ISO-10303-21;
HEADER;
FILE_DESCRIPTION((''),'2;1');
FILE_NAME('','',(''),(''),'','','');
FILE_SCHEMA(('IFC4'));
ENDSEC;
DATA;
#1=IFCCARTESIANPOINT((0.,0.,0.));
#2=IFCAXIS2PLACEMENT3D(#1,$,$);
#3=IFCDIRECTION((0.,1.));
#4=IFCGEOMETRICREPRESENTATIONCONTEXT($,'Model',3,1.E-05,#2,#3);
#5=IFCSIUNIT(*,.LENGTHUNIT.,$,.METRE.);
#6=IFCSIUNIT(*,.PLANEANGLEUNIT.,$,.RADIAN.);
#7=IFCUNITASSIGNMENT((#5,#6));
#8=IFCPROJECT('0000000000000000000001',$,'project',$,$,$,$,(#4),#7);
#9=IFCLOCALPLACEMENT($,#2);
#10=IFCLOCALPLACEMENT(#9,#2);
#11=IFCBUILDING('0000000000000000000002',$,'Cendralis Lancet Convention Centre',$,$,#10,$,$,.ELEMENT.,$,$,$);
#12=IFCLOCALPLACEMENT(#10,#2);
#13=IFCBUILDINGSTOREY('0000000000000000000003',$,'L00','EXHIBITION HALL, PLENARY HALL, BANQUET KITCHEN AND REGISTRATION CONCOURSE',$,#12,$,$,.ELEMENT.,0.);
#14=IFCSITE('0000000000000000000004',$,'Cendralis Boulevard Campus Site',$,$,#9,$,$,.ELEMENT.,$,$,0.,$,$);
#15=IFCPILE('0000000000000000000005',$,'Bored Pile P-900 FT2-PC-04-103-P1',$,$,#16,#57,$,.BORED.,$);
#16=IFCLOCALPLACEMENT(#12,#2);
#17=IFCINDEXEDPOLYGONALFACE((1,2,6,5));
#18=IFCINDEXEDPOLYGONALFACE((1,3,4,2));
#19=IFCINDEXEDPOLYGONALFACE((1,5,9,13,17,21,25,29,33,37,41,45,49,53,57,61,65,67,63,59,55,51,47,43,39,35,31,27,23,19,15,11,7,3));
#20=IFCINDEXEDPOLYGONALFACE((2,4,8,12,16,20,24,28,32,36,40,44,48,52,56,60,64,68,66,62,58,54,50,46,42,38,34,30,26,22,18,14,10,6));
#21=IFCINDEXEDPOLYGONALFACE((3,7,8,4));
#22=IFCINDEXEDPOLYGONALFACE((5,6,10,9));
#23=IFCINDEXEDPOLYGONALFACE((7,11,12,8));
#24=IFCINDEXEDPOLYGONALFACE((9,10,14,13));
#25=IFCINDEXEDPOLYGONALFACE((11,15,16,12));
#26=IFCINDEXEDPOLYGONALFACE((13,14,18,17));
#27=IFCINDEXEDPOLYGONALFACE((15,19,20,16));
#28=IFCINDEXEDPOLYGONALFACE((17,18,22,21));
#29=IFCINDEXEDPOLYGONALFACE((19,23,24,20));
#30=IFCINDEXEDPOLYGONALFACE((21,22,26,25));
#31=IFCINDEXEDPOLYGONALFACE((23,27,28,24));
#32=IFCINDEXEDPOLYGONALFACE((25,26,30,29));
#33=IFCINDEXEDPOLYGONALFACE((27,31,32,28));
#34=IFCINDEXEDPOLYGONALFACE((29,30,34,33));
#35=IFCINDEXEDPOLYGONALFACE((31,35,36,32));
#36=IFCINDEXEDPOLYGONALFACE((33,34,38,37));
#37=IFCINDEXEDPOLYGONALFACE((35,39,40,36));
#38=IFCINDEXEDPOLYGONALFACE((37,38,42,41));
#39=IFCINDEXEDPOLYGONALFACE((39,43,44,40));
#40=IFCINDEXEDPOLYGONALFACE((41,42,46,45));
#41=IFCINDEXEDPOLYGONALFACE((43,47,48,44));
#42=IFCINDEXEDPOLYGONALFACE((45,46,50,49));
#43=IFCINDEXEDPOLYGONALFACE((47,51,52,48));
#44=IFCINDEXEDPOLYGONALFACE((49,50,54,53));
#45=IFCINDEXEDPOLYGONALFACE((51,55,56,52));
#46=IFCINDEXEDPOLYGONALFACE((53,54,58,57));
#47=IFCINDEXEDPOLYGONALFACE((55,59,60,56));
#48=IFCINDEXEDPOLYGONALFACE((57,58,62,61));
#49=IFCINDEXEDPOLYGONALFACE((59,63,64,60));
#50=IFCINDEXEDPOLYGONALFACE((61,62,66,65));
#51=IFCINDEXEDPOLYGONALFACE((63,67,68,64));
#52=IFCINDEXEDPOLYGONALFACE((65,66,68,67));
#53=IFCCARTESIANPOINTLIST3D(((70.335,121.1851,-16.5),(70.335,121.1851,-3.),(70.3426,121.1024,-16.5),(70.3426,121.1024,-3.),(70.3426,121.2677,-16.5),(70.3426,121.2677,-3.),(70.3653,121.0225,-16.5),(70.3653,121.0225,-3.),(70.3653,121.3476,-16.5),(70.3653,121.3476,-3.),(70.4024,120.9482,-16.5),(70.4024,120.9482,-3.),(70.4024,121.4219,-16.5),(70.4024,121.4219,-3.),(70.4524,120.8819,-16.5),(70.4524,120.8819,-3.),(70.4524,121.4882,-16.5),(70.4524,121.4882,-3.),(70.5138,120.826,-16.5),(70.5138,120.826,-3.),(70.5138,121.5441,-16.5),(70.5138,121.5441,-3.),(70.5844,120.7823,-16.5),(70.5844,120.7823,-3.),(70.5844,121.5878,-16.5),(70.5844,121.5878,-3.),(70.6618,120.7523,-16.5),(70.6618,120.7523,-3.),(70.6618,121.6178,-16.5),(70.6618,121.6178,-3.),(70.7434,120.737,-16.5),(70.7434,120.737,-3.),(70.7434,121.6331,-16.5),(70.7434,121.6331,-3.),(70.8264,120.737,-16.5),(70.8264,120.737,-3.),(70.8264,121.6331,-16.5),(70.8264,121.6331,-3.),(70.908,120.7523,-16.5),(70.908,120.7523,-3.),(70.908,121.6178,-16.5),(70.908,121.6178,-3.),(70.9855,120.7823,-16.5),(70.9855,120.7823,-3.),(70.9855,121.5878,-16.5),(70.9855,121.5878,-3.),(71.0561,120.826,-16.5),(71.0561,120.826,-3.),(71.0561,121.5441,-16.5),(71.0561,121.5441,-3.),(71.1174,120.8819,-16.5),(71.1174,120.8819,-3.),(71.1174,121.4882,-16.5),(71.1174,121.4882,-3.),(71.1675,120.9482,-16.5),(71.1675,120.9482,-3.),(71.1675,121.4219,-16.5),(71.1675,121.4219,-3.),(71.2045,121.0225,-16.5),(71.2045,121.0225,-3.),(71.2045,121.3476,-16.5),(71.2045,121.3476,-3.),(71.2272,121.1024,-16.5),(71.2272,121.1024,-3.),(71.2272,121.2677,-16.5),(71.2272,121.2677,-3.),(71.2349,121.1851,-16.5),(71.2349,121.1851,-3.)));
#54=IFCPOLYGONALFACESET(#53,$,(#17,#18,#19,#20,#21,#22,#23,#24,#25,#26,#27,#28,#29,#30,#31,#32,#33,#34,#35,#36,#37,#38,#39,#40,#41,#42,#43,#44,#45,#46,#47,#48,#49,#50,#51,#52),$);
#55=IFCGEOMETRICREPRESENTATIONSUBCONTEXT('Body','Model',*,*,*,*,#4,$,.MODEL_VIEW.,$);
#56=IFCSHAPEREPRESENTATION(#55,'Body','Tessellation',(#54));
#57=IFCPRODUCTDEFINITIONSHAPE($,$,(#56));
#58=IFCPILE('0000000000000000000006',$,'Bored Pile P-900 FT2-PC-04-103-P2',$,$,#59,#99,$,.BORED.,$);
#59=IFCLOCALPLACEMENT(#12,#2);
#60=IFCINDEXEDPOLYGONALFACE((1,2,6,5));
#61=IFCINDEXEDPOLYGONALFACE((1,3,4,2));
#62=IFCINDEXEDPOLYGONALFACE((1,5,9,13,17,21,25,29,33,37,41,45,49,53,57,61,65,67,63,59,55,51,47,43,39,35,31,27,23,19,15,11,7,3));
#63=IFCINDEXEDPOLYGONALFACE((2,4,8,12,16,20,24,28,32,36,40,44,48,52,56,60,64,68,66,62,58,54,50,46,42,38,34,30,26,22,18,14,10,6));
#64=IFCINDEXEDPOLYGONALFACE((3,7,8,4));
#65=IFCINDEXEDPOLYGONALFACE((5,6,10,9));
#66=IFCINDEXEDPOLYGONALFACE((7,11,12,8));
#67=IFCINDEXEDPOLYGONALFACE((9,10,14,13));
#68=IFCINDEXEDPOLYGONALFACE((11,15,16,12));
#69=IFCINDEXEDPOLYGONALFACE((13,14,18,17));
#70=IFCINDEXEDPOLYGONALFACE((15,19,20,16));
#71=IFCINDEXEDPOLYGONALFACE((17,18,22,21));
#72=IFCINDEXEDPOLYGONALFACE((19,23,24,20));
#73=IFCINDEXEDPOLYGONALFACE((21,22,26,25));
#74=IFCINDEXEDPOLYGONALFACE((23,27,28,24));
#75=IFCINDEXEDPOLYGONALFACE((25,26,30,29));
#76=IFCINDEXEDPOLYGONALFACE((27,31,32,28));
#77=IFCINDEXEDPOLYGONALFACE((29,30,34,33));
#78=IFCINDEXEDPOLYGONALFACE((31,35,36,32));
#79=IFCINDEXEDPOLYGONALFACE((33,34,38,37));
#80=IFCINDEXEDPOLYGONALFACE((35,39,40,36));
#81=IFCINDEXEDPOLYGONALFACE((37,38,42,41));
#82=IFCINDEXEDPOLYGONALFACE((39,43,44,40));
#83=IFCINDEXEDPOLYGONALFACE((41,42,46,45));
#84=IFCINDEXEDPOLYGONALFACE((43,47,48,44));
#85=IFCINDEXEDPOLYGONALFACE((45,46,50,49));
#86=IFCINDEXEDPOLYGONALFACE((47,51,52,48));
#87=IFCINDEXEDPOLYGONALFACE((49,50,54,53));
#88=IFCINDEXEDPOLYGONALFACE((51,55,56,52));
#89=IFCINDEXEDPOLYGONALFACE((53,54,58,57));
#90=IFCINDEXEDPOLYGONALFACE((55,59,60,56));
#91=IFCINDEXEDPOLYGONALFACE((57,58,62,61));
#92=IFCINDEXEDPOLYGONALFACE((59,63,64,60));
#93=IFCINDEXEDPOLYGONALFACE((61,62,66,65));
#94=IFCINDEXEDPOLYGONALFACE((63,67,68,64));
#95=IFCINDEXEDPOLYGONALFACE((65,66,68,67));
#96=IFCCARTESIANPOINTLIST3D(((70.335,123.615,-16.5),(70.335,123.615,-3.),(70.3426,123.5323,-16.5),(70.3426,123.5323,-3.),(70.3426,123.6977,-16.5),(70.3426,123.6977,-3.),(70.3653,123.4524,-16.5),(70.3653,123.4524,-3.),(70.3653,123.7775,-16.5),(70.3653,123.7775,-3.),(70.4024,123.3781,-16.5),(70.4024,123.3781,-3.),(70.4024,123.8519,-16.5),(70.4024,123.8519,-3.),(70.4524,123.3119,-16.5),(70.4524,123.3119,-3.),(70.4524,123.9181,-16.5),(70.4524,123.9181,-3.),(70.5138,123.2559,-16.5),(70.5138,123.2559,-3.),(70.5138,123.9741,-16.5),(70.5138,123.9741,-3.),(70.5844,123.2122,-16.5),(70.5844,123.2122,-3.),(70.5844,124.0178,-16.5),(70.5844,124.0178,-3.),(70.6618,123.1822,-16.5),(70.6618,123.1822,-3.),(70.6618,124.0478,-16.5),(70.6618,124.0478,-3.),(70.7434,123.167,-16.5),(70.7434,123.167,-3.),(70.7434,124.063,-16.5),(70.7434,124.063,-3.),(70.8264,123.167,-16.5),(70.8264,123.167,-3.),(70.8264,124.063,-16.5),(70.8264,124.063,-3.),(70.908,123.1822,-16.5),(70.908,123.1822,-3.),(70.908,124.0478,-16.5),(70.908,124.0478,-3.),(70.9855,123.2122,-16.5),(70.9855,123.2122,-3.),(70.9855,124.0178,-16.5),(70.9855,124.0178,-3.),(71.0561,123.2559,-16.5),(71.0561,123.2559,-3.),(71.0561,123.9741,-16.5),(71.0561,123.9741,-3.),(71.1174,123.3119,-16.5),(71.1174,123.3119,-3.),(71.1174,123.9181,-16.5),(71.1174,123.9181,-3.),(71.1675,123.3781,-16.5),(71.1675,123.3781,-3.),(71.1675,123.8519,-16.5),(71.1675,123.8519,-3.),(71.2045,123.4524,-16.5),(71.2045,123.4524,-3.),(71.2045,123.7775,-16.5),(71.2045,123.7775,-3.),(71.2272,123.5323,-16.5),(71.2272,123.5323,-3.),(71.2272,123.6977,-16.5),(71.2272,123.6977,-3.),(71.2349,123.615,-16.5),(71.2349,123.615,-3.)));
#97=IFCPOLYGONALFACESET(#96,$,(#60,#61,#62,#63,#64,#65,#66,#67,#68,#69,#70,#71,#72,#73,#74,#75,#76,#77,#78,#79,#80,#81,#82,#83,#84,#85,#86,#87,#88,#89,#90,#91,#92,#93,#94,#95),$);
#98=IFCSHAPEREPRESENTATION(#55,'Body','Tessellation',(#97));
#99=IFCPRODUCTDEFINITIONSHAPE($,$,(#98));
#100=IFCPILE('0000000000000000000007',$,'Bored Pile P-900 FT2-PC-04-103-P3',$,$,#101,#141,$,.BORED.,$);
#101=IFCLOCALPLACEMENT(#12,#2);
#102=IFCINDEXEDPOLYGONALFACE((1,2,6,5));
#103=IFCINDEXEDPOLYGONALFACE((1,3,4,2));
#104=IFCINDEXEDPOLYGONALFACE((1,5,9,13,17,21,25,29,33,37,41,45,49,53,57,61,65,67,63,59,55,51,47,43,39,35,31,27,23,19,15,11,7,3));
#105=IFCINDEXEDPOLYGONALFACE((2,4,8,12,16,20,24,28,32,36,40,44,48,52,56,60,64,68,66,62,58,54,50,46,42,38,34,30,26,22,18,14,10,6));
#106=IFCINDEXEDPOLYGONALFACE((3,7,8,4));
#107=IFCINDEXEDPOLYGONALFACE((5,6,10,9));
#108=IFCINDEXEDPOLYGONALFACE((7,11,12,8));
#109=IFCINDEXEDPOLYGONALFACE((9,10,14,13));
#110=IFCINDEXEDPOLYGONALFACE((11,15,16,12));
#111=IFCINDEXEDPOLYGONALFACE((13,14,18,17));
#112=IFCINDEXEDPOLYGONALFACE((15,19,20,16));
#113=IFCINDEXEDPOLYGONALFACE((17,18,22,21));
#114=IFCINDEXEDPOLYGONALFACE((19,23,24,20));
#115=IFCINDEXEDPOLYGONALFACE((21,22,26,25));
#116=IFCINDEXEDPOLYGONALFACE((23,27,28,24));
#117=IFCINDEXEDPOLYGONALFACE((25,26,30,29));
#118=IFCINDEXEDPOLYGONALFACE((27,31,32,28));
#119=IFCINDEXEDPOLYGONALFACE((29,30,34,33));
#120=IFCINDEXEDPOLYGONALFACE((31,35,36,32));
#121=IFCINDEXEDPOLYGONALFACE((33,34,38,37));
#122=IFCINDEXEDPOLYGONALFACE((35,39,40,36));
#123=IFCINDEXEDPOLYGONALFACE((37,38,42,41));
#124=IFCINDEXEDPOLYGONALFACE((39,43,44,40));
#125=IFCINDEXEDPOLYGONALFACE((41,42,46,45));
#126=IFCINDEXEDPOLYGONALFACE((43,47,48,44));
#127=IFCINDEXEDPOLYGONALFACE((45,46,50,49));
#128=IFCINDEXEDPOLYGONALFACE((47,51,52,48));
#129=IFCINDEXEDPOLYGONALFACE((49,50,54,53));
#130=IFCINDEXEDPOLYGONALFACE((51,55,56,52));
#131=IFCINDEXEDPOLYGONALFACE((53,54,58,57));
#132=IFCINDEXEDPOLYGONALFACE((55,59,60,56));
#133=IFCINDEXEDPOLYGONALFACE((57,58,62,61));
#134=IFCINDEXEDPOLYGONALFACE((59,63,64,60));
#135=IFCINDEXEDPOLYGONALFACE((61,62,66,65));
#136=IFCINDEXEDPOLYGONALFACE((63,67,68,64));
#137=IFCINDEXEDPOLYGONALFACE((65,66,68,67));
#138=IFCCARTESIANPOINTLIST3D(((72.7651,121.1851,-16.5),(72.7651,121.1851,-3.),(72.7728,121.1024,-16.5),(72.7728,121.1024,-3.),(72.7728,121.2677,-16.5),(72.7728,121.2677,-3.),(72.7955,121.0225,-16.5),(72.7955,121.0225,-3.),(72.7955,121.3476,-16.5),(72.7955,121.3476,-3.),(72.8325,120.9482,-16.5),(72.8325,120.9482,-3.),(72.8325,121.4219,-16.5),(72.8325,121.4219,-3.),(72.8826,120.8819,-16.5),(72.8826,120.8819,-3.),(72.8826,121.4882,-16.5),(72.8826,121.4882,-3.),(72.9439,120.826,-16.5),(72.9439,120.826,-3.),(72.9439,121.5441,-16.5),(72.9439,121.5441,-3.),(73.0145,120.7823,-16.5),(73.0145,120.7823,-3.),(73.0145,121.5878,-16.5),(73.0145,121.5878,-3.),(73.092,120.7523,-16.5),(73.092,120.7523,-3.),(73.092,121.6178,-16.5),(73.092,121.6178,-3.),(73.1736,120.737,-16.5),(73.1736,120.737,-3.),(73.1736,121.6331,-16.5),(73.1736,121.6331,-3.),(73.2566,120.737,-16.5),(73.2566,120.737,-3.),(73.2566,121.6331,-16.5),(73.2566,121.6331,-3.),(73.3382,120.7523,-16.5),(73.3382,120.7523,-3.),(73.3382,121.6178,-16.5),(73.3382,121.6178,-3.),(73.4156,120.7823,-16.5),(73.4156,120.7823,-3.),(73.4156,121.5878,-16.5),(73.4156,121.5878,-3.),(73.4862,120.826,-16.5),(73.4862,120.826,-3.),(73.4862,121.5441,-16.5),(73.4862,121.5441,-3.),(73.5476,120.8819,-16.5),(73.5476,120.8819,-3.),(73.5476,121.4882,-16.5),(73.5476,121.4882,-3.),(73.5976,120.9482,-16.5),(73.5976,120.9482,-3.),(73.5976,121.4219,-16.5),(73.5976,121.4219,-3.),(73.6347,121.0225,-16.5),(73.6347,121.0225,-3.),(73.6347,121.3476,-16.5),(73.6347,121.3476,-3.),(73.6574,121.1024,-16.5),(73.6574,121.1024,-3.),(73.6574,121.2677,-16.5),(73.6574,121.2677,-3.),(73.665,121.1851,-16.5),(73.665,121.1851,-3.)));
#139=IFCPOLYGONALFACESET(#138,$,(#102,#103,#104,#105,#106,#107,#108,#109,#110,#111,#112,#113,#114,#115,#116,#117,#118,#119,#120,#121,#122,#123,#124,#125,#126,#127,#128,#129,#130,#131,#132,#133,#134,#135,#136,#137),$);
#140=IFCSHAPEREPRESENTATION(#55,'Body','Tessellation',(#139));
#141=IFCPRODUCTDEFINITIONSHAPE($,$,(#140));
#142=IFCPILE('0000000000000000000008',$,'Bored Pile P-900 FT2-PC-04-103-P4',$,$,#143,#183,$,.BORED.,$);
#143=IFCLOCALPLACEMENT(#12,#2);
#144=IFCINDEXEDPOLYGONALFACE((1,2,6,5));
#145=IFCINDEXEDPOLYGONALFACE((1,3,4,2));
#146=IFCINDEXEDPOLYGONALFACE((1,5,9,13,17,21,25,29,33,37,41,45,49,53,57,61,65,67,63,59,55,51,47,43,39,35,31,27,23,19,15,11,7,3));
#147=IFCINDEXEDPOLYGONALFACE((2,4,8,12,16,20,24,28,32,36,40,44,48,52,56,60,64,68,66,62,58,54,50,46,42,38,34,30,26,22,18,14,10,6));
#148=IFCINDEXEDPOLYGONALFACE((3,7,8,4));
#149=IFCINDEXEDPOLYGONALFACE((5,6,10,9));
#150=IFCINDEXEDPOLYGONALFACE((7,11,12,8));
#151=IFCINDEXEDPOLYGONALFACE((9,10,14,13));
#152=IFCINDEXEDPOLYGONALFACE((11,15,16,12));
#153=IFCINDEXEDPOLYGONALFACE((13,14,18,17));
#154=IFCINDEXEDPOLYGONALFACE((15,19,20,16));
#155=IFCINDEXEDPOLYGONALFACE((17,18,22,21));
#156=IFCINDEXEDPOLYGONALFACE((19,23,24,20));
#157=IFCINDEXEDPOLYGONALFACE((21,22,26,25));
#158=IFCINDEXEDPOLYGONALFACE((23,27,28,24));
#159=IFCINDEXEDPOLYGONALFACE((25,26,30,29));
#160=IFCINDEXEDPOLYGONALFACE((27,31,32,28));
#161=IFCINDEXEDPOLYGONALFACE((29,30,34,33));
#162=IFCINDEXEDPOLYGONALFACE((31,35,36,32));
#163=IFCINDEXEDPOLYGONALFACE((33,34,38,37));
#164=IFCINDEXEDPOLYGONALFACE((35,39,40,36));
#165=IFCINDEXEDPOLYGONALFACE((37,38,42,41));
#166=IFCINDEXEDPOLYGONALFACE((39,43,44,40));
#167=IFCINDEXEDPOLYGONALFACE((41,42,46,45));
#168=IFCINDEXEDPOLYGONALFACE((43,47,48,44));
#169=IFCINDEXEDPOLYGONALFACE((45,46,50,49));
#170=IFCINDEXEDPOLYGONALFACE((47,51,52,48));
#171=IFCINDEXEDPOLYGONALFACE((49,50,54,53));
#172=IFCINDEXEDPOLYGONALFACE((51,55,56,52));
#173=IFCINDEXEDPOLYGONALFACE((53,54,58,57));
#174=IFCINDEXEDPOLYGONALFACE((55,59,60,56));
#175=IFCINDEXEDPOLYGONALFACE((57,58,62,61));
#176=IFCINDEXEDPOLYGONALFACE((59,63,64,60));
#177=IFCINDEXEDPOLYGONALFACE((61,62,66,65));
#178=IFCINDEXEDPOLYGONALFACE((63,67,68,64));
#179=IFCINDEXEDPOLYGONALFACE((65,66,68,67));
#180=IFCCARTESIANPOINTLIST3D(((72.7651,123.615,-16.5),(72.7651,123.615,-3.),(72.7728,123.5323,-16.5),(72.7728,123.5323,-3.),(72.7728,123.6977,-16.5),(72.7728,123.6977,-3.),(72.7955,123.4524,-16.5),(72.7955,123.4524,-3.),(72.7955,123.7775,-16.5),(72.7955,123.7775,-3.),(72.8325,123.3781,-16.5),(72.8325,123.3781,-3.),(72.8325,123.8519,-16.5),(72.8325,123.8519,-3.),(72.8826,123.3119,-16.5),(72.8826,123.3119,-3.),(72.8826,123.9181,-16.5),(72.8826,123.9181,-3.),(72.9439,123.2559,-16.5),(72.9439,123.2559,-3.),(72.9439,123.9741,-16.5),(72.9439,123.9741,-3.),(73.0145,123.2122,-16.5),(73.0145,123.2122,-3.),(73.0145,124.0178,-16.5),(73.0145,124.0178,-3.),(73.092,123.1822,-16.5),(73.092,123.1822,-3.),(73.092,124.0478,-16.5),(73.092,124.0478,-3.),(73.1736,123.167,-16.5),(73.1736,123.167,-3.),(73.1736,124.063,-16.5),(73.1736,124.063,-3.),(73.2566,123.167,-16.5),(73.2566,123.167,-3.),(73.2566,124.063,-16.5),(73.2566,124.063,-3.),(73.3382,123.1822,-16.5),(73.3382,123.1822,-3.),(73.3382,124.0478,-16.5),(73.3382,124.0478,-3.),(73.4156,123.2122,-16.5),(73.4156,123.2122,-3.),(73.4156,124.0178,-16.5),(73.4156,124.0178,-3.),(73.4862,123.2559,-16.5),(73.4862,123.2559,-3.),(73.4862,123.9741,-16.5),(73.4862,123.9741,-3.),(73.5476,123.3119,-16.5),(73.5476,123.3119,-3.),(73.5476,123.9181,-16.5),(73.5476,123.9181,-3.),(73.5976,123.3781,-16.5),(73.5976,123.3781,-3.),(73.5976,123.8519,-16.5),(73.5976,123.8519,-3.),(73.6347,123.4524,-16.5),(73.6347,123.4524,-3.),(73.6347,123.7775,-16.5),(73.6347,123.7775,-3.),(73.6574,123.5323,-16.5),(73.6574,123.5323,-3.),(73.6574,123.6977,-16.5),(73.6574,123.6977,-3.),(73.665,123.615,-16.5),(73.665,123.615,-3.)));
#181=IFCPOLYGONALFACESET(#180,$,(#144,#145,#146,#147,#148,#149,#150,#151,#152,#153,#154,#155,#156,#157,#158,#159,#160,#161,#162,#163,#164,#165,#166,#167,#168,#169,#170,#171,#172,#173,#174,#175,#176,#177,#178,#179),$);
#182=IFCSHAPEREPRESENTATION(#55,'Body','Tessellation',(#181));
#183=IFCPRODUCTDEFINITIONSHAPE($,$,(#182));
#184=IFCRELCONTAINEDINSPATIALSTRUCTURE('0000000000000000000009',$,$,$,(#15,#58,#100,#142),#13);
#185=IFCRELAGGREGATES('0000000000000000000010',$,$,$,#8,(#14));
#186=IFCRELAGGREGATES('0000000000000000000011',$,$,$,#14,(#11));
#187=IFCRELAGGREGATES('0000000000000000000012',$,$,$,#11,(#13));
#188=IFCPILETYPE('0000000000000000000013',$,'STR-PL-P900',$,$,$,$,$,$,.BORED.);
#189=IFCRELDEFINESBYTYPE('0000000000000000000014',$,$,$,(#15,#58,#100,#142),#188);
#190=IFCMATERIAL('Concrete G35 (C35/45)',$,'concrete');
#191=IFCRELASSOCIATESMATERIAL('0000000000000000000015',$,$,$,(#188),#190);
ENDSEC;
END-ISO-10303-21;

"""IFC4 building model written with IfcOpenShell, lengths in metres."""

from ifc_helpers import new_model, si_unit, direction, frame, origin, origin_2d, place, context, subcontext, project, spatial, circle, extrude, material, material_profile, profile_set, type_object, element, save


model = new_model("IFC4")

# Units and contexts
model_context = context("Model", 3, precision=1e-05, world=origin(), true_north=direction((0.0, 1.0)))
body_context = subcontext(model_context, "Body", "Model", "MODEL_VIEW")
ifc_project = project(units=[si_unit("LENGTHUNIT", "METRE"), si_unit("PLANEANGLEUNIT", "RADIAN")], contexts=[model_context])

# Site, building, storey
site_placement = place(None, origin())
site = spatial("IfcSite", under=ifc_project, at=site_placement, Name="Cendralis Boulevard Campus Site", CompositionType="ELEMENT", RefElevation=0.0)
building_placement = place(site_placement, origin())
building = spatial("IfcBuilding", under=site, at=building_placement, Name="Cendralis Lancet Convention Centre", CompositionType="ELEMENT")
storey_placement = place(building_placement, origin())
storey = spatial("IfcBuildingStorey", under=building, at=storey_placement, Name="L00", Description="EXHIBITION HALL, PLENARY HALL, BANQUET KITCHEN AND REGISTRATION CONCOURSE", CompositionType="ELEMENT", Elevation=0.0)

# Shared definitions
ifc_material_1 = material(Name="Concrete G35 (C35/45)", Category="concrete")

# Piles
ifc_material_profile_1 = material_profile(ifc_material_1, circle(Radius=0.45, at=origin_2d()), Name="BORED PILE D900")
ifc_profile_set_1 = profile_set([ifc_material_profile_1], Name="Concrete G35 (C35/45)")
pile_type = type_object("IfcPileType", Name="STR-PL-P900", PredefinedType="BORED", material=ifc_profile_set_1)
for number, where, z_axis, x_axis, name in (
    (1, (70.7849, 121.1851, -3.0), (0.0, 0.0, -1.0), (1.0, 0.0, 0.0), "Bored Pile P-900 FT2-PC-04-103-P1"),
    (2, (70.7849, 123.615, -3.0), (0.0, 0.0, -1.0), (1.0, 0.0, 0.0), "Bored Pile P-900 FT2-PC-04-103-P2"),
    (3, (73.2151, 121.1851, -3.0), (0.0, 0.0, -1.0), (1.0, 0.0, 0.0), "Bored Pile P-900 FT2-PC-04-103-P3"),
    (4, (73.2151, 123.615, -3.0), (0.0, 0.0, -1.0), (1.0, 0.0, 0.0), "Bored Pile P-900 FT2-PC-04-103-P4"),
):
    element("IfcPile", number, at=place(storey_placement, frame(where, z_axis=z_axis, x_axis=x_axis)), inside=storey, type_object=pile_type, Name=name, PredefinedType="BORED", context=body_context, shape_type="SweptSolid", body=[
        extrude(circle(Radius=0.45, at=origin_2d()), origin(), (0.0, 0.0, 1.0), 13.5),
    ])

save(model, "model.ifc")
